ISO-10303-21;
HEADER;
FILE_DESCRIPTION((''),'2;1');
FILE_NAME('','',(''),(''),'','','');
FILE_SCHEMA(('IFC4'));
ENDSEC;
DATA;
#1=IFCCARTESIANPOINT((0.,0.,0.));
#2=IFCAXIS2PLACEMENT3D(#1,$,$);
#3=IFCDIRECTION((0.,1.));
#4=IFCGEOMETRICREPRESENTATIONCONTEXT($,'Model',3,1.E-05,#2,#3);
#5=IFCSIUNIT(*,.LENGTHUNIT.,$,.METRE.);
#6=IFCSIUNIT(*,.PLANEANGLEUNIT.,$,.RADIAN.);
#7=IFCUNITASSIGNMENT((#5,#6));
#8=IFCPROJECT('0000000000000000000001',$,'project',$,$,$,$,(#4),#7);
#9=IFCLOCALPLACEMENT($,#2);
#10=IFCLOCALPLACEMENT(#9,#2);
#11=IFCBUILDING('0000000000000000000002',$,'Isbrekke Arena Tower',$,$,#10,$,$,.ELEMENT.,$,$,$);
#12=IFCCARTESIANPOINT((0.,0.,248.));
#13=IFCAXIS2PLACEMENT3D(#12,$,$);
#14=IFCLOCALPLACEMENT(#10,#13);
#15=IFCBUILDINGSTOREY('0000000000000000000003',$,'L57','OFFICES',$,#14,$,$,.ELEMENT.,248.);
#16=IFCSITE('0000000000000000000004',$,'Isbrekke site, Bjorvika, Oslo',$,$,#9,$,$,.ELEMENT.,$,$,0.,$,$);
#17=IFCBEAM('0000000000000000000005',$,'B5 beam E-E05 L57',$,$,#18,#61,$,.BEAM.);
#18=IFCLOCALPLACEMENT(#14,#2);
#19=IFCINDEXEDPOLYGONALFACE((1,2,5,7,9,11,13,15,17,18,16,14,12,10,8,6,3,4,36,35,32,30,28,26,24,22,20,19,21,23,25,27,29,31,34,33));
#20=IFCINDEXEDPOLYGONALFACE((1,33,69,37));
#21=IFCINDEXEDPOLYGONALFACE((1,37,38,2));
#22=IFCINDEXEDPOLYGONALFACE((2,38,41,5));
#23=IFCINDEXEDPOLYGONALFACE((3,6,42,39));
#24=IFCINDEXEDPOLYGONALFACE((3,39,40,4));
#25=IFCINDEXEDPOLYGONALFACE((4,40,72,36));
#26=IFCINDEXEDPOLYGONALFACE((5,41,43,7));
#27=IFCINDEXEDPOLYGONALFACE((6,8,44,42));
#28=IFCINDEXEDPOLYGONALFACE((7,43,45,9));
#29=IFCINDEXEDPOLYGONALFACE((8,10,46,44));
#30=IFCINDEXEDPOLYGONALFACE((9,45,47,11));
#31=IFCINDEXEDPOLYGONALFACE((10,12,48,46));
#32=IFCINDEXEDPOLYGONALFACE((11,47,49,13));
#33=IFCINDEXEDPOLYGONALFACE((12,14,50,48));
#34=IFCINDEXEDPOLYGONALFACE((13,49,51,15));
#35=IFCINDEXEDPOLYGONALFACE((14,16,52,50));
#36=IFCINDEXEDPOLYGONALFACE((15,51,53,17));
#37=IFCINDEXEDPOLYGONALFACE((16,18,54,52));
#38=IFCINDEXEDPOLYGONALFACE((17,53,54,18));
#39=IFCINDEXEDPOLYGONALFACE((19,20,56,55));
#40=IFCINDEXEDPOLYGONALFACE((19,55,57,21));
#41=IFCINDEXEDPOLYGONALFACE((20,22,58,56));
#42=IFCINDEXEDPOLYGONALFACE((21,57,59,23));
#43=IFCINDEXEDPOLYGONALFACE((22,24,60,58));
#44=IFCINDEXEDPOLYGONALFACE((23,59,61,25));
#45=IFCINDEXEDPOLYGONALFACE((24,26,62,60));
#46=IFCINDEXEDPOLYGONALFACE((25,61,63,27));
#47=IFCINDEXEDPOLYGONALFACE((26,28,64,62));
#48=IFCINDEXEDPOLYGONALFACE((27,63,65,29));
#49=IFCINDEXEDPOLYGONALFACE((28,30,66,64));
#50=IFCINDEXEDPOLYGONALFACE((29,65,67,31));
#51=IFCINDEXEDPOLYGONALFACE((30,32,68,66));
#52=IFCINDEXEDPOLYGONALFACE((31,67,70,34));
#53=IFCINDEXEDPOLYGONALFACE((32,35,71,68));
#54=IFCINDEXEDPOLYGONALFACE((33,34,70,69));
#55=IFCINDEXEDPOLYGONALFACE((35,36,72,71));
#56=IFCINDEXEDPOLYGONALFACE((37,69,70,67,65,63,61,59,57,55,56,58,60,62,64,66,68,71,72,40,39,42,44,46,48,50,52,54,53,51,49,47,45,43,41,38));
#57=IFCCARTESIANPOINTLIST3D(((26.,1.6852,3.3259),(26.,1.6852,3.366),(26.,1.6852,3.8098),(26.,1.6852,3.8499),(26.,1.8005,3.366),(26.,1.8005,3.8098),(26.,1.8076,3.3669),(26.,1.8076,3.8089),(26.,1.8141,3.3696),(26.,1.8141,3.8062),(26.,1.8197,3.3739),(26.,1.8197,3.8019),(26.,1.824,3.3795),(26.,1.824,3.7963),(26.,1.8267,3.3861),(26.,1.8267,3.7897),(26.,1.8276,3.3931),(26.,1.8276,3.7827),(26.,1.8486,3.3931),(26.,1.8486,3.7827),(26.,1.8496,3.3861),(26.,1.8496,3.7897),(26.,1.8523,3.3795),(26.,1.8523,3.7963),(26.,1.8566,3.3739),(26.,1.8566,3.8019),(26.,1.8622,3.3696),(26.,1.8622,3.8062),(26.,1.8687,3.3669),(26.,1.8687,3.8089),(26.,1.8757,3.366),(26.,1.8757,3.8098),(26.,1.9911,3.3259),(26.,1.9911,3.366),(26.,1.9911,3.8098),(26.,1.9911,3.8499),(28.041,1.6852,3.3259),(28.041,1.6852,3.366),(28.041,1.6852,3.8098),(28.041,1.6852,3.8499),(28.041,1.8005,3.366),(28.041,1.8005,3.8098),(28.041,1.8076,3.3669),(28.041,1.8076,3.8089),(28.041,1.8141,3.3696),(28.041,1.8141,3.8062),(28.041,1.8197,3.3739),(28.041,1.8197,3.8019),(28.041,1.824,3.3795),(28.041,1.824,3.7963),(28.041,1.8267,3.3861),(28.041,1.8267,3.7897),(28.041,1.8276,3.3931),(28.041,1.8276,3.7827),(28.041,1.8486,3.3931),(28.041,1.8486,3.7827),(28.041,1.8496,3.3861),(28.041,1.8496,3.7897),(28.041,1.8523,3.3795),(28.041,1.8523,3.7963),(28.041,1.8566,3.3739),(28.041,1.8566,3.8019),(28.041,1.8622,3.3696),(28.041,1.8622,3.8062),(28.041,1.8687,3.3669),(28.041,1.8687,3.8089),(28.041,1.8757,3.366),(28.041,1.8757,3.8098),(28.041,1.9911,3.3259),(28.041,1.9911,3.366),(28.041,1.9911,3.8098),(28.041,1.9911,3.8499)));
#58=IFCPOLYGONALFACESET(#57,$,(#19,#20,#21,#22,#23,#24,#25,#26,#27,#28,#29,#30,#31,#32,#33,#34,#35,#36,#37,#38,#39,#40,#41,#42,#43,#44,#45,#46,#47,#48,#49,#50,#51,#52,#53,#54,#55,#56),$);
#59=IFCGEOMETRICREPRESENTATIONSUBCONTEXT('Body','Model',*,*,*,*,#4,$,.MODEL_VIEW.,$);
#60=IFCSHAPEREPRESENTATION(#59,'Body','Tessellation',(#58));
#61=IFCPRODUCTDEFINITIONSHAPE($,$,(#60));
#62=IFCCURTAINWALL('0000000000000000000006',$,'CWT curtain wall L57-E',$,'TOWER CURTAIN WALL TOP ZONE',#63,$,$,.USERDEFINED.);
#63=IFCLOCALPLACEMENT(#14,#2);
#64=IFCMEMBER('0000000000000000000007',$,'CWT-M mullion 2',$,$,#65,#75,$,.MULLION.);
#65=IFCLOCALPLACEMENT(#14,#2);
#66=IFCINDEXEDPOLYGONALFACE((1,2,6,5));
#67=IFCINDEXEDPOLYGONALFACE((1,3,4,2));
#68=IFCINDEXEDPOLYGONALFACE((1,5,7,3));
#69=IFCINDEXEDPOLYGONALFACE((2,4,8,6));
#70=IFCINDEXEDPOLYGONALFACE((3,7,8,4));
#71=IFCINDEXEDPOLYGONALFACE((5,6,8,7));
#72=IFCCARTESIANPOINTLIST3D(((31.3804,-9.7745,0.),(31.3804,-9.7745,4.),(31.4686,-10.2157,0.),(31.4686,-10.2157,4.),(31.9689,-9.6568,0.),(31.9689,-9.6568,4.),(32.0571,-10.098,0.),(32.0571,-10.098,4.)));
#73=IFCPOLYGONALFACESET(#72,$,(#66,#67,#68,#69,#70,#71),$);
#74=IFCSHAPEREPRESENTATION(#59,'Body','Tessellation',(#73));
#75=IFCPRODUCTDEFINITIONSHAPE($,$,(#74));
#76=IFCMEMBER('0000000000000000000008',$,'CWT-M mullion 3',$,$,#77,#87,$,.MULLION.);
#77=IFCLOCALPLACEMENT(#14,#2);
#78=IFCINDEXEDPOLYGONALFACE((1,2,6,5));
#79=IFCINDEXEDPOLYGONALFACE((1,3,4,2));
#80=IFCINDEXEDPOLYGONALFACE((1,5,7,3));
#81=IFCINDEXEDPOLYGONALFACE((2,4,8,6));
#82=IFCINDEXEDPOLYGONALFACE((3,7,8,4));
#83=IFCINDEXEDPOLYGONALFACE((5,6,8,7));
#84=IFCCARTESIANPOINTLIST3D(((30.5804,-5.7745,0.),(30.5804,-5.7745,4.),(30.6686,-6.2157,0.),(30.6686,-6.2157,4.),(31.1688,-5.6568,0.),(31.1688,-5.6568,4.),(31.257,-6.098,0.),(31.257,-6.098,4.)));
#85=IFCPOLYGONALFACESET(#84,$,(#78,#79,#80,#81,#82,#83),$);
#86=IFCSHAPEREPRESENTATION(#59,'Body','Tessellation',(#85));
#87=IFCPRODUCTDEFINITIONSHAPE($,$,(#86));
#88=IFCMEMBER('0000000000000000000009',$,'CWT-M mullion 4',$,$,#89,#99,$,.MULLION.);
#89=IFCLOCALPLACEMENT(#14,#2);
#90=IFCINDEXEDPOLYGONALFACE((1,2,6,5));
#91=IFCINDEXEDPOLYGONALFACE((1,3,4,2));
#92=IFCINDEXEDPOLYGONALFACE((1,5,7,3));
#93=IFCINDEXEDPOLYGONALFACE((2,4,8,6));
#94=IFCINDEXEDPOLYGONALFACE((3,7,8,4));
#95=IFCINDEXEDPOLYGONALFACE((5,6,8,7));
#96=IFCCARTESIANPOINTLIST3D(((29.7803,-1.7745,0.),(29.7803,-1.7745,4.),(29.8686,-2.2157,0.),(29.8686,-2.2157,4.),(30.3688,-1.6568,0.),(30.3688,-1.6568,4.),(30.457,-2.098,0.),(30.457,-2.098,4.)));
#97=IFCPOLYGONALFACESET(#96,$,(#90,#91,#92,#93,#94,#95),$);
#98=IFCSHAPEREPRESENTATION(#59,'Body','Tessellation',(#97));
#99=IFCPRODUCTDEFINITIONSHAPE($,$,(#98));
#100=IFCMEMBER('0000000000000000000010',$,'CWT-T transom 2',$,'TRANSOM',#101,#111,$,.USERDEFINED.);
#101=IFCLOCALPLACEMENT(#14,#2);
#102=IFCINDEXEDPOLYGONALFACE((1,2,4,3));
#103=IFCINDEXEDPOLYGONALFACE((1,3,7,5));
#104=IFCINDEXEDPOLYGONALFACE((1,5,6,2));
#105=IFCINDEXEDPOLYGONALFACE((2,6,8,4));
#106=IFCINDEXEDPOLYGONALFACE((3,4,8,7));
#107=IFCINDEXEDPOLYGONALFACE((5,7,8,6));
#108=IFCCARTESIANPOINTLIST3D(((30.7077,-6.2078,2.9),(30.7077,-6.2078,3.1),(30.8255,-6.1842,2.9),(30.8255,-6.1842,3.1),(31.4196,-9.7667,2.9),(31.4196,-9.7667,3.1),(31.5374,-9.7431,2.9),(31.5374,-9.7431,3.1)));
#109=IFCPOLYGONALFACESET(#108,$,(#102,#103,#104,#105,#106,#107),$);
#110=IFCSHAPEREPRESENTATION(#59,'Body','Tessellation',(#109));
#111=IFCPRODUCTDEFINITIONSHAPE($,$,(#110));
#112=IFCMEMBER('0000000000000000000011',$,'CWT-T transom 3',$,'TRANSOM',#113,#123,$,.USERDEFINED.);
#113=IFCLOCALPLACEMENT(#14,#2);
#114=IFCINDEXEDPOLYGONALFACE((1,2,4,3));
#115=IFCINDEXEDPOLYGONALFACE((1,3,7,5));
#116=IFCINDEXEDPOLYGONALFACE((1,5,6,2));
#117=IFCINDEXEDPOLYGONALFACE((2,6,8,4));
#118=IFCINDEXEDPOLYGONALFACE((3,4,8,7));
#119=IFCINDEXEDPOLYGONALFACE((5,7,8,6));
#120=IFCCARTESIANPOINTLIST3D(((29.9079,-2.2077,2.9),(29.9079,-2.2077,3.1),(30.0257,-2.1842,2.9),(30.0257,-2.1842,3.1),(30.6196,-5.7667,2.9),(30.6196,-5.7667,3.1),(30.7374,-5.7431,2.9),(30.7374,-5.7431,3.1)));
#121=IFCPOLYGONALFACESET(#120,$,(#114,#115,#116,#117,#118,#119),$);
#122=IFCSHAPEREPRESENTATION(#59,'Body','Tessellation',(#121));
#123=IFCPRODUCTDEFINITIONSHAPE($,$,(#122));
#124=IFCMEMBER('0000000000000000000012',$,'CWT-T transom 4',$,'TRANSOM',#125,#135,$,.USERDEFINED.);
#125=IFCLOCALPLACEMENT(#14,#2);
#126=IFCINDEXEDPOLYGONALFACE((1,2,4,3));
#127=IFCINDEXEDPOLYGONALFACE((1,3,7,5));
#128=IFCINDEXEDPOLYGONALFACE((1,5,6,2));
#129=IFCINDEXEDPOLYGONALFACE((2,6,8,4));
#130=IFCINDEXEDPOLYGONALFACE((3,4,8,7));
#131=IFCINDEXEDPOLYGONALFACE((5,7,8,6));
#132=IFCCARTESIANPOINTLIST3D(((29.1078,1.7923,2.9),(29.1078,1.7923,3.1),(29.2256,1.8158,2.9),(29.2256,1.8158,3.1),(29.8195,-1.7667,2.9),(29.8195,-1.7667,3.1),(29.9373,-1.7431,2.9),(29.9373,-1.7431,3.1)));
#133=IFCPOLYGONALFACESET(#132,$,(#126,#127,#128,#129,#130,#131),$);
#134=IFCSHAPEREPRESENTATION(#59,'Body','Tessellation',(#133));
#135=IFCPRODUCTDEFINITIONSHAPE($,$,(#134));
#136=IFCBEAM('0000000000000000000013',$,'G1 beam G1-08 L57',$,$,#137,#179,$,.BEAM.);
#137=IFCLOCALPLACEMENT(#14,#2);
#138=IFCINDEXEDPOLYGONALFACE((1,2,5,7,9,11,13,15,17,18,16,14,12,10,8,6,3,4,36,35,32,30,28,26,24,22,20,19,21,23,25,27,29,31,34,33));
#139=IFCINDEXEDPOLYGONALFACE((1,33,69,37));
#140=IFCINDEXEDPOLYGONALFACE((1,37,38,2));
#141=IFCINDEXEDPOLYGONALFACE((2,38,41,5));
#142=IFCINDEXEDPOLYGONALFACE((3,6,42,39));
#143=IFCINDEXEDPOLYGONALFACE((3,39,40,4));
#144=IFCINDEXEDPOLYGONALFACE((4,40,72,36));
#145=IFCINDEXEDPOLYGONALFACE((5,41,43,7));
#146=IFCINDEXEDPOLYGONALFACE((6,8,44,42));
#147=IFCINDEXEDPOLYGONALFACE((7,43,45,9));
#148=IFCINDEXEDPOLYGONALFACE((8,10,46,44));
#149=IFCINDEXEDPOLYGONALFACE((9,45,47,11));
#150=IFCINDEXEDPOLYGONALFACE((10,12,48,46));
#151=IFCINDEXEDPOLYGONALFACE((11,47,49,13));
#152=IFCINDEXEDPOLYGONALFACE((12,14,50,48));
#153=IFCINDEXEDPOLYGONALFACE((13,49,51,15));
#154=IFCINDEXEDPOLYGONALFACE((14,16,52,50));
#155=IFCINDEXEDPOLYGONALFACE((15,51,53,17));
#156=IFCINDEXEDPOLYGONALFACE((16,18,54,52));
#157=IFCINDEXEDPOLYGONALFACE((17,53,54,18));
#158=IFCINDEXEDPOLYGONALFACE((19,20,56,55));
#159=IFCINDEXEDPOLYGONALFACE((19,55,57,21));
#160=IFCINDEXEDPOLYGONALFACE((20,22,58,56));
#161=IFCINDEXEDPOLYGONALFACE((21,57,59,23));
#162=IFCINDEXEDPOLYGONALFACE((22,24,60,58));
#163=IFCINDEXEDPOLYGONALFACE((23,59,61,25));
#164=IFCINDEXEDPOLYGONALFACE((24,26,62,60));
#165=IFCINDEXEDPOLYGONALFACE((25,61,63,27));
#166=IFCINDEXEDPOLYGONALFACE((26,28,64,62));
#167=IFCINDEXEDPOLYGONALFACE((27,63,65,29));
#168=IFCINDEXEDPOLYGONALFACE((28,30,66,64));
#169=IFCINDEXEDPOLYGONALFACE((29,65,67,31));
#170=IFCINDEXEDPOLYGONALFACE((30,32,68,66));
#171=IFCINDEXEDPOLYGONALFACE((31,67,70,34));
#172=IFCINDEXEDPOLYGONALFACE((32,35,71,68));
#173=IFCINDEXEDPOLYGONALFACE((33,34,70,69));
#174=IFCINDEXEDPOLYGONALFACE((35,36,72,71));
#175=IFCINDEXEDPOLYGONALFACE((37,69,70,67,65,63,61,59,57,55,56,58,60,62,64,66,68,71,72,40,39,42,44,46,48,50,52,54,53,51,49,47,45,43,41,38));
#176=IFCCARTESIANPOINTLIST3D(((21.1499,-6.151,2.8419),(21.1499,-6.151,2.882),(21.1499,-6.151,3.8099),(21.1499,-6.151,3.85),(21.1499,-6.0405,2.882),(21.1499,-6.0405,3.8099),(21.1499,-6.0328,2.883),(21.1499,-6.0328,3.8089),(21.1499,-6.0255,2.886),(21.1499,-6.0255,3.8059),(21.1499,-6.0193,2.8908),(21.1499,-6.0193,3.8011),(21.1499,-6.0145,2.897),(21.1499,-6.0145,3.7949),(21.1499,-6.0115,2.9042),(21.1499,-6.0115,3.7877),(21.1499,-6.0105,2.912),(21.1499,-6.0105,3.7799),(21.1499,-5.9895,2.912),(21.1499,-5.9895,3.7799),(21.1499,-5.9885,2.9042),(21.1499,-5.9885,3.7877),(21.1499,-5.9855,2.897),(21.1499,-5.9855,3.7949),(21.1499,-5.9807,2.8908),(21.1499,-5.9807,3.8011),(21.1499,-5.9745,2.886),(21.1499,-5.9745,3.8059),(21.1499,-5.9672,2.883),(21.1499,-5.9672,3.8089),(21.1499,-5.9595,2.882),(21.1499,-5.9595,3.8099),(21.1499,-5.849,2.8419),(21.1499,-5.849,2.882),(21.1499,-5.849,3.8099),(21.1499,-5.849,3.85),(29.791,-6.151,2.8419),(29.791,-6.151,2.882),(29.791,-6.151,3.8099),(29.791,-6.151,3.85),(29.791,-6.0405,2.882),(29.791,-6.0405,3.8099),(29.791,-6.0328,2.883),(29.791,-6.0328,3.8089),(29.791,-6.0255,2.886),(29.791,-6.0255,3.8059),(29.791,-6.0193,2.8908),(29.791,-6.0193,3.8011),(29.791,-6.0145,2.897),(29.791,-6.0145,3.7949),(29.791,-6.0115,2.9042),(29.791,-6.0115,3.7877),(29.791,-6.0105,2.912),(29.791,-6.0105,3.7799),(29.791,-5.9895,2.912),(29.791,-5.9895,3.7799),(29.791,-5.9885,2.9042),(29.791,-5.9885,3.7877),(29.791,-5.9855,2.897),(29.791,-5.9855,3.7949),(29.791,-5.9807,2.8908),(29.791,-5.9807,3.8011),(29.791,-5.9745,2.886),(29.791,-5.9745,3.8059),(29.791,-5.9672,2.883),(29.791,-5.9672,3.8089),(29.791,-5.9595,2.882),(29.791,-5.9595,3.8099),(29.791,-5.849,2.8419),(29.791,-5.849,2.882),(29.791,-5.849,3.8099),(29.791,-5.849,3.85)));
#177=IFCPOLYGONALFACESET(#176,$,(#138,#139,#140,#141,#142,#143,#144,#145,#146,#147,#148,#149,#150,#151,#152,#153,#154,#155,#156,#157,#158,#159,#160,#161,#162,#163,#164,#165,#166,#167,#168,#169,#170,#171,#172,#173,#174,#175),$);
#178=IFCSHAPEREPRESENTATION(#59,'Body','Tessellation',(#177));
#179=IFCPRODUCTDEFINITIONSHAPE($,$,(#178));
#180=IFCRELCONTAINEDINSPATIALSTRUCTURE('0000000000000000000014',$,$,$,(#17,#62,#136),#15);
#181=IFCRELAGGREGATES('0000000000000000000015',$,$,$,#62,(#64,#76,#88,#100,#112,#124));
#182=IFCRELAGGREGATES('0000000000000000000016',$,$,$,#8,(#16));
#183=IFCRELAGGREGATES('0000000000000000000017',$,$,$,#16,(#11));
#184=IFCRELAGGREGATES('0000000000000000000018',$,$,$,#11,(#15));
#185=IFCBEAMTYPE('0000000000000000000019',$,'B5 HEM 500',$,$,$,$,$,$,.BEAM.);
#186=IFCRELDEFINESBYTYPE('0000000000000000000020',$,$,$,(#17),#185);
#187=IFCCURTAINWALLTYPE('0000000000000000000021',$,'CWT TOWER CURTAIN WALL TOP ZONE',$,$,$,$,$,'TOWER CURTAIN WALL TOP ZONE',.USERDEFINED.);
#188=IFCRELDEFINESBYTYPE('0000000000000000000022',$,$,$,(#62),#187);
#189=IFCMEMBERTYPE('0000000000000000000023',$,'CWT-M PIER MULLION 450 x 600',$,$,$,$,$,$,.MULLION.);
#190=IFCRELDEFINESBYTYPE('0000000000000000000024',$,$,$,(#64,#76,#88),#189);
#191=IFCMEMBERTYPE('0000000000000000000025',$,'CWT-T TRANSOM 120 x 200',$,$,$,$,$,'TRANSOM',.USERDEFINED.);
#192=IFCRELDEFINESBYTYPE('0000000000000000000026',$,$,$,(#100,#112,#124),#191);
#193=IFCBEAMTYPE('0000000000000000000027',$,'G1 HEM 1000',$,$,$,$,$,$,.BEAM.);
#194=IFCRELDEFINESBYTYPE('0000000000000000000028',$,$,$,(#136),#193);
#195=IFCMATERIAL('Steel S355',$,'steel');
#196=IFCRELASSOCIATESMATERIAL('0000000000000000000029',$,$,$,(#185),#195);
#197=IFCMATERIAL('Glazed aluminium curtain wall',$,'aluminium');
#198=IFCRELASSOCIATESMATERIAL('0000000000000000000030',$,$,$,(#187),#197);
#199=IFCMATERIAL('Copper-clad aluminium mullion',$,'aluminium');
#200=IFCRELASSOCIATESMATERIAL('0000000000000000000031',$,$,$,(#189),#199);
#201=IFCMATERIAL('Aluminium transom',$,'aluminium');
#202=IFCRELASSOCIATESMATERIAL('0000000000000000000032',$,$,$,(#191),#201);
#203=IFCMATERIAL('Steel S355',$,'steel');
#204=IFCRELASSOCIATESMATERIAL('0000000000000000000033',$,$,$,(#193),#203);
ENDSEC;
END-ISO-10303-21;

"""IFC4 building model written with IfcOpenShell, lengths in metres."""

from ifc_helpers import new_model, si_unit, direction, frame, origin, origin_2d, place, context, subcontext, project, spatial, rectangle, i_section, extrude, material, material_profile, profile_set, type_object, element, aggregate, save


model = new_model("IFC4")

# Units and contexts
model_context = context("Model", 3, precision=1e-05, world=origin(), true_north=direction((0.0, 1.0)))
body_context = subcontext(model_context, "Body", "Model", "MODEL_VIEW")
ifc_project = project(units=[si_unit("LENGTHUNIT", "METRE"), si_unit("PLANEANGLEUNIT", "RADIAN")], contexts=[model_context])

# Site, building, storey
site_placement = place(None, origin())
site = spatial("IfcSite", under=ifc_project, at=site_placement, Name="Isbrekke site, Bjorvika, Oslo", CompositionType="ELEMENT", RefElevation=0.0)
building_placement = place(site_placement, origin())
building = spatial("IfcBuilding", under=site, at=building_placement, Name="Isbrekke Arena Tower", CompositionType="ELEMENT")
storey_placement = place(building_placement, frame((0.0, 0.0, 248.0)))
storey = spatial("IfcBuildingStorey", under=building, at=storey_placement, Name="L57", Description="OFFICES", CompositionType="ELEMENT", Elevation=248.0)

# Beam
ifc_material_1 = material(Name="Steel S355", Category="steel")
ifc_material_profile_1 = material_profile(ifc_material_1, i_section(OverallWidth=0.3059, OverallDepth=0.5239, WebThickness=0.021, FlangeThickness=0.04, FilletRadius=0.0271, at=origin_2d()), Name="HEM 500")
ifc_profile_set_1 = profile_set([ifc_material_profile_1], Name="Steel S355")
beam_type_1 = type_object("IfcBeamType", Name="B5 HEM 500", PredefinedType="BEAM", material=ifc_profile_set_1)
beam_1_placement = place(storey_placement, frame((28.041, 1.8381, 3.5879), z_axis=(-1.0, 0.0, 0.0), x_axis=(0.0, -1.0, 0.0)))
element("IfcBeam", 1, at=beam_1_placement, inside=storey, type_object=beam_type_1, Name="B5 beam E-E05 L57", PredefinedType="BEAM", context=body_context, shape_type="SweptSolid", body=[
    extrude(i_section(OverallWidth=0.3059, OverallDepth=0.5239, WebThickness=0.021, FlangeThickness=0.04, FilletRadius=0.0271, at=origin_2d()), origin(), (0.0, 0.0, 1.0), 2.041),
])

# Curtain wall, members
ifc_material_2 = material(Name="Glazed aluminium curtain wall", Category="aluminium")
curtain_wall_type = type_object("IfcCurtainWallType", Name="CWT TOWER CURTAIN WALL TOP ZONE", ElementType="TOWER CURTAIN WALL TOP ZONE", PredefinedType="USERDEFINED", material=ifc_material_2)
curtain_wall_placement = place(storey_placement, origin())
curtain_wall = element("IfcCurtainWall", 2, at=curtain_wall_placement, inside=storey, type_object=curtain_wall_type, Name="CWT curtain wall L57-E", ObjectType="TOWER CURTAIN WALL TOP ZONE", PredefinedType="USERDEFINED")
ifc_material_3 = material(Name="Copper-clad aluminium mullion", Category="aluminium")
ifc_material_profile_2 = material_profile(ifc_material_3, rectangle(XDim=0.45, YDim=0.6001, at=origin_2d()), Name="PIER 450X600")
ifc_profile_set_2 = profile_set([ifc_material_profile_2], Name="Copper-clad aluminium mullion")
member_type_1 = type_object("IfcMemberType", Name="CWT-M PIER MULLION 450 x 600", PredefinedType="MULLION", material=ifc_profile_set_2)
member_1_placement = place(storey_placement, frame((31.7188, -9.9363, 0.0), z_axis=(0.0, 0.0, 1.0), x_axis=(-0.196116, 0.980581, 0.0)))
member_1 = element("IfcMember", 3, at=member_1_placement, type_object=member_type_1, Name="CWT-M mullion 2", PredefinedType="MULLION", context=body_context, shape_type="SweptSolid", body=[
    extrude(rectangle(XDim=0.45, YDim=0.6001, at=origin_2d()), origin(), (0.0, 0.0, 1.0), 4.0),
])
member_2_placement = place(storey_placement, frame((30.9187, -5.9363, 0.0), z_axis=(0.0, 0.0, 1.0), x_axis=(-0.196116, 0.980581, 0.0)))
member_2 = element("IfcMember", 4, at=member_2_placement, type_object=member_type_1, Name="CWT-M mullion 3", PredefinedType="MULLION", context=body_context, shape_type="SweptSolid", body=[
    extrude(rectangle(XDim=0.45, YDim=0.6001, at=origin_2d()), origin(), (0.0, 0.0, 1.0), 4.0),
])
member_3_placement = place(storey_placement, frame((30.1187, -1.9363, 0.0), z_axis=(0.0, 0.0, 1.0), x_axis=(-0.196116, 0.980581, 0.0)))
member_3 = element("IfcMember", 5, at=member_3_placement, type_object=member_type_1, Name="CWT-M mullion 4", PredefinedType="MULLION", context=body_context, shape_type="SweptSolid", body=[
    extrude(rectangle(XDim=0.45, YDim=0.6001, at=origin_2d()), origin(), (0.0, 0.0, 1.0), 4.0),
])
ifc_material_4 = material(Name="Aluminium transom", Category="aluminium")
ifc_material_profile_3 = material_profile(ifc_material_4, rectangle(XDim=0.1201, YDim=0.2, at=origin_2d()), Name="TRANSOM 120X200")
ifc_profile_set_3 = profile_set([ifc_material_profile_3], Name="Aluminium transom")
member_type_2 = type_object("IfcMemberType", Name="CWT-T TRANSOM 120 x 200", ElementType="TRANSOM", PredefinedType="USERDEFINED", material=ifc_profile_set_3)
member_4_placement = place(storey_placement, frame((31.4785, -9.7549, 3.0), z_axis=(-0.196155, 0.980573, 0.0), x_axis=(-0.980573, -0.196155, 0.0)))
member_4 = element("IfcMember", 6, at=member_4_placement, type_object=member_type_2, Name="CWT-T transom 2", ObjectType="TRANSOM", PredefinedType="USERDEFINED", context=body_context, shape_type="SweptSolid", body=[
    extrude(rectangle(XDim=0.1201, YDim=0.2, at=origin_2d()), origin(), (0.0, 0.0, 1.0), 3.6294),
])
member_5_placement = place(storey_placement, frame((30.6785, -5.7549, 3.0), z_axis=(-0.19609, 0.980586, 0.0), x_axis=(-0.980586, -0.19609, 0.0)))
member_5 = element("IfcMember", 7, at=member_5_placement, type_object=member_type_2, Name="CWT-T transom 3", ObjectType="TRANSOM", PredefinedType="USERDEFINED", context=body_context, shape_type="SweptSolid", body=[
    extrude(rectangle(XDim=0.1201, YDim=0.2, at=origin_2d()), origin(), (0.0, 0.0, 1.0), 3.6294),
])
member_6_placement = place(storey_placement, frame((29.8784, -1.7549, 3.0), z_axis=(-0.19609, 0.980586, 0.0), x_axis=(-0.980586, -0.19609, 0.0)))
member_6 = element("IfcMember", 8, at=member_6_placement, type_object=member_type_2, Name="CWT-T transom 4", ObjectType="TRANSOM", PredefinedType="USERDEFINED", context=body_context, shape_type="SweptSolid", body=[
    extrude(rectangle(XDim=0.1201, YDim=0.2, at=origin_2d()), origin(), (0.0, 0.0, 1.0), 3.6294),
])

# Beam
ifc_material_5 = material(Name="Steel S355", Category="steel")
ifc_material_profile_4 = material_profile(ifc_material_5, i_section(OverallWidth=0.302, OverallDepth=1.0081, WebThickness=0.021, FlangeThickness=0.04, FilletRadius=0.03, at=origin_2d()), Name="HEM 1000")
ifc_profile_set_4 = profile_set([ifc_material_profile_4], Name="Steel S355")
beam_type_2 = type_object("IfcBeamType", Name="G1 HEM 1000", PredefinedType="BEAM", material=ifc_profile_set_4)
beam_2_placement = place(storey_placement, frame((21.1499, -6.0, 3.3459), z_axis=(1.0, 0.0, 0.0), x_axis=(0.0, 1.0, 0.0)))
element("IfcBeam", 9, at=beam_2_placement, inside=storey, type_object=beam_type_2, Name="G1 beam G1-08 L57", PredefinedType="BEAM", context=body_context, shape_type="SweptSolid", body=[
    extrude(i_section(OverallWidth=0.302, OverallDepth=1.0081, WebThickness=0.021, FlangeThickness=0.04, FilletRadius=0.03, at=origin_2d()), origin(), (0.0, 0.0, 1.0), 8.6411),
])

aggregate(curtain_wall, [member_1, member_2, member_3, member_4, member_5, member_6])

save(model, "model.ifc")
